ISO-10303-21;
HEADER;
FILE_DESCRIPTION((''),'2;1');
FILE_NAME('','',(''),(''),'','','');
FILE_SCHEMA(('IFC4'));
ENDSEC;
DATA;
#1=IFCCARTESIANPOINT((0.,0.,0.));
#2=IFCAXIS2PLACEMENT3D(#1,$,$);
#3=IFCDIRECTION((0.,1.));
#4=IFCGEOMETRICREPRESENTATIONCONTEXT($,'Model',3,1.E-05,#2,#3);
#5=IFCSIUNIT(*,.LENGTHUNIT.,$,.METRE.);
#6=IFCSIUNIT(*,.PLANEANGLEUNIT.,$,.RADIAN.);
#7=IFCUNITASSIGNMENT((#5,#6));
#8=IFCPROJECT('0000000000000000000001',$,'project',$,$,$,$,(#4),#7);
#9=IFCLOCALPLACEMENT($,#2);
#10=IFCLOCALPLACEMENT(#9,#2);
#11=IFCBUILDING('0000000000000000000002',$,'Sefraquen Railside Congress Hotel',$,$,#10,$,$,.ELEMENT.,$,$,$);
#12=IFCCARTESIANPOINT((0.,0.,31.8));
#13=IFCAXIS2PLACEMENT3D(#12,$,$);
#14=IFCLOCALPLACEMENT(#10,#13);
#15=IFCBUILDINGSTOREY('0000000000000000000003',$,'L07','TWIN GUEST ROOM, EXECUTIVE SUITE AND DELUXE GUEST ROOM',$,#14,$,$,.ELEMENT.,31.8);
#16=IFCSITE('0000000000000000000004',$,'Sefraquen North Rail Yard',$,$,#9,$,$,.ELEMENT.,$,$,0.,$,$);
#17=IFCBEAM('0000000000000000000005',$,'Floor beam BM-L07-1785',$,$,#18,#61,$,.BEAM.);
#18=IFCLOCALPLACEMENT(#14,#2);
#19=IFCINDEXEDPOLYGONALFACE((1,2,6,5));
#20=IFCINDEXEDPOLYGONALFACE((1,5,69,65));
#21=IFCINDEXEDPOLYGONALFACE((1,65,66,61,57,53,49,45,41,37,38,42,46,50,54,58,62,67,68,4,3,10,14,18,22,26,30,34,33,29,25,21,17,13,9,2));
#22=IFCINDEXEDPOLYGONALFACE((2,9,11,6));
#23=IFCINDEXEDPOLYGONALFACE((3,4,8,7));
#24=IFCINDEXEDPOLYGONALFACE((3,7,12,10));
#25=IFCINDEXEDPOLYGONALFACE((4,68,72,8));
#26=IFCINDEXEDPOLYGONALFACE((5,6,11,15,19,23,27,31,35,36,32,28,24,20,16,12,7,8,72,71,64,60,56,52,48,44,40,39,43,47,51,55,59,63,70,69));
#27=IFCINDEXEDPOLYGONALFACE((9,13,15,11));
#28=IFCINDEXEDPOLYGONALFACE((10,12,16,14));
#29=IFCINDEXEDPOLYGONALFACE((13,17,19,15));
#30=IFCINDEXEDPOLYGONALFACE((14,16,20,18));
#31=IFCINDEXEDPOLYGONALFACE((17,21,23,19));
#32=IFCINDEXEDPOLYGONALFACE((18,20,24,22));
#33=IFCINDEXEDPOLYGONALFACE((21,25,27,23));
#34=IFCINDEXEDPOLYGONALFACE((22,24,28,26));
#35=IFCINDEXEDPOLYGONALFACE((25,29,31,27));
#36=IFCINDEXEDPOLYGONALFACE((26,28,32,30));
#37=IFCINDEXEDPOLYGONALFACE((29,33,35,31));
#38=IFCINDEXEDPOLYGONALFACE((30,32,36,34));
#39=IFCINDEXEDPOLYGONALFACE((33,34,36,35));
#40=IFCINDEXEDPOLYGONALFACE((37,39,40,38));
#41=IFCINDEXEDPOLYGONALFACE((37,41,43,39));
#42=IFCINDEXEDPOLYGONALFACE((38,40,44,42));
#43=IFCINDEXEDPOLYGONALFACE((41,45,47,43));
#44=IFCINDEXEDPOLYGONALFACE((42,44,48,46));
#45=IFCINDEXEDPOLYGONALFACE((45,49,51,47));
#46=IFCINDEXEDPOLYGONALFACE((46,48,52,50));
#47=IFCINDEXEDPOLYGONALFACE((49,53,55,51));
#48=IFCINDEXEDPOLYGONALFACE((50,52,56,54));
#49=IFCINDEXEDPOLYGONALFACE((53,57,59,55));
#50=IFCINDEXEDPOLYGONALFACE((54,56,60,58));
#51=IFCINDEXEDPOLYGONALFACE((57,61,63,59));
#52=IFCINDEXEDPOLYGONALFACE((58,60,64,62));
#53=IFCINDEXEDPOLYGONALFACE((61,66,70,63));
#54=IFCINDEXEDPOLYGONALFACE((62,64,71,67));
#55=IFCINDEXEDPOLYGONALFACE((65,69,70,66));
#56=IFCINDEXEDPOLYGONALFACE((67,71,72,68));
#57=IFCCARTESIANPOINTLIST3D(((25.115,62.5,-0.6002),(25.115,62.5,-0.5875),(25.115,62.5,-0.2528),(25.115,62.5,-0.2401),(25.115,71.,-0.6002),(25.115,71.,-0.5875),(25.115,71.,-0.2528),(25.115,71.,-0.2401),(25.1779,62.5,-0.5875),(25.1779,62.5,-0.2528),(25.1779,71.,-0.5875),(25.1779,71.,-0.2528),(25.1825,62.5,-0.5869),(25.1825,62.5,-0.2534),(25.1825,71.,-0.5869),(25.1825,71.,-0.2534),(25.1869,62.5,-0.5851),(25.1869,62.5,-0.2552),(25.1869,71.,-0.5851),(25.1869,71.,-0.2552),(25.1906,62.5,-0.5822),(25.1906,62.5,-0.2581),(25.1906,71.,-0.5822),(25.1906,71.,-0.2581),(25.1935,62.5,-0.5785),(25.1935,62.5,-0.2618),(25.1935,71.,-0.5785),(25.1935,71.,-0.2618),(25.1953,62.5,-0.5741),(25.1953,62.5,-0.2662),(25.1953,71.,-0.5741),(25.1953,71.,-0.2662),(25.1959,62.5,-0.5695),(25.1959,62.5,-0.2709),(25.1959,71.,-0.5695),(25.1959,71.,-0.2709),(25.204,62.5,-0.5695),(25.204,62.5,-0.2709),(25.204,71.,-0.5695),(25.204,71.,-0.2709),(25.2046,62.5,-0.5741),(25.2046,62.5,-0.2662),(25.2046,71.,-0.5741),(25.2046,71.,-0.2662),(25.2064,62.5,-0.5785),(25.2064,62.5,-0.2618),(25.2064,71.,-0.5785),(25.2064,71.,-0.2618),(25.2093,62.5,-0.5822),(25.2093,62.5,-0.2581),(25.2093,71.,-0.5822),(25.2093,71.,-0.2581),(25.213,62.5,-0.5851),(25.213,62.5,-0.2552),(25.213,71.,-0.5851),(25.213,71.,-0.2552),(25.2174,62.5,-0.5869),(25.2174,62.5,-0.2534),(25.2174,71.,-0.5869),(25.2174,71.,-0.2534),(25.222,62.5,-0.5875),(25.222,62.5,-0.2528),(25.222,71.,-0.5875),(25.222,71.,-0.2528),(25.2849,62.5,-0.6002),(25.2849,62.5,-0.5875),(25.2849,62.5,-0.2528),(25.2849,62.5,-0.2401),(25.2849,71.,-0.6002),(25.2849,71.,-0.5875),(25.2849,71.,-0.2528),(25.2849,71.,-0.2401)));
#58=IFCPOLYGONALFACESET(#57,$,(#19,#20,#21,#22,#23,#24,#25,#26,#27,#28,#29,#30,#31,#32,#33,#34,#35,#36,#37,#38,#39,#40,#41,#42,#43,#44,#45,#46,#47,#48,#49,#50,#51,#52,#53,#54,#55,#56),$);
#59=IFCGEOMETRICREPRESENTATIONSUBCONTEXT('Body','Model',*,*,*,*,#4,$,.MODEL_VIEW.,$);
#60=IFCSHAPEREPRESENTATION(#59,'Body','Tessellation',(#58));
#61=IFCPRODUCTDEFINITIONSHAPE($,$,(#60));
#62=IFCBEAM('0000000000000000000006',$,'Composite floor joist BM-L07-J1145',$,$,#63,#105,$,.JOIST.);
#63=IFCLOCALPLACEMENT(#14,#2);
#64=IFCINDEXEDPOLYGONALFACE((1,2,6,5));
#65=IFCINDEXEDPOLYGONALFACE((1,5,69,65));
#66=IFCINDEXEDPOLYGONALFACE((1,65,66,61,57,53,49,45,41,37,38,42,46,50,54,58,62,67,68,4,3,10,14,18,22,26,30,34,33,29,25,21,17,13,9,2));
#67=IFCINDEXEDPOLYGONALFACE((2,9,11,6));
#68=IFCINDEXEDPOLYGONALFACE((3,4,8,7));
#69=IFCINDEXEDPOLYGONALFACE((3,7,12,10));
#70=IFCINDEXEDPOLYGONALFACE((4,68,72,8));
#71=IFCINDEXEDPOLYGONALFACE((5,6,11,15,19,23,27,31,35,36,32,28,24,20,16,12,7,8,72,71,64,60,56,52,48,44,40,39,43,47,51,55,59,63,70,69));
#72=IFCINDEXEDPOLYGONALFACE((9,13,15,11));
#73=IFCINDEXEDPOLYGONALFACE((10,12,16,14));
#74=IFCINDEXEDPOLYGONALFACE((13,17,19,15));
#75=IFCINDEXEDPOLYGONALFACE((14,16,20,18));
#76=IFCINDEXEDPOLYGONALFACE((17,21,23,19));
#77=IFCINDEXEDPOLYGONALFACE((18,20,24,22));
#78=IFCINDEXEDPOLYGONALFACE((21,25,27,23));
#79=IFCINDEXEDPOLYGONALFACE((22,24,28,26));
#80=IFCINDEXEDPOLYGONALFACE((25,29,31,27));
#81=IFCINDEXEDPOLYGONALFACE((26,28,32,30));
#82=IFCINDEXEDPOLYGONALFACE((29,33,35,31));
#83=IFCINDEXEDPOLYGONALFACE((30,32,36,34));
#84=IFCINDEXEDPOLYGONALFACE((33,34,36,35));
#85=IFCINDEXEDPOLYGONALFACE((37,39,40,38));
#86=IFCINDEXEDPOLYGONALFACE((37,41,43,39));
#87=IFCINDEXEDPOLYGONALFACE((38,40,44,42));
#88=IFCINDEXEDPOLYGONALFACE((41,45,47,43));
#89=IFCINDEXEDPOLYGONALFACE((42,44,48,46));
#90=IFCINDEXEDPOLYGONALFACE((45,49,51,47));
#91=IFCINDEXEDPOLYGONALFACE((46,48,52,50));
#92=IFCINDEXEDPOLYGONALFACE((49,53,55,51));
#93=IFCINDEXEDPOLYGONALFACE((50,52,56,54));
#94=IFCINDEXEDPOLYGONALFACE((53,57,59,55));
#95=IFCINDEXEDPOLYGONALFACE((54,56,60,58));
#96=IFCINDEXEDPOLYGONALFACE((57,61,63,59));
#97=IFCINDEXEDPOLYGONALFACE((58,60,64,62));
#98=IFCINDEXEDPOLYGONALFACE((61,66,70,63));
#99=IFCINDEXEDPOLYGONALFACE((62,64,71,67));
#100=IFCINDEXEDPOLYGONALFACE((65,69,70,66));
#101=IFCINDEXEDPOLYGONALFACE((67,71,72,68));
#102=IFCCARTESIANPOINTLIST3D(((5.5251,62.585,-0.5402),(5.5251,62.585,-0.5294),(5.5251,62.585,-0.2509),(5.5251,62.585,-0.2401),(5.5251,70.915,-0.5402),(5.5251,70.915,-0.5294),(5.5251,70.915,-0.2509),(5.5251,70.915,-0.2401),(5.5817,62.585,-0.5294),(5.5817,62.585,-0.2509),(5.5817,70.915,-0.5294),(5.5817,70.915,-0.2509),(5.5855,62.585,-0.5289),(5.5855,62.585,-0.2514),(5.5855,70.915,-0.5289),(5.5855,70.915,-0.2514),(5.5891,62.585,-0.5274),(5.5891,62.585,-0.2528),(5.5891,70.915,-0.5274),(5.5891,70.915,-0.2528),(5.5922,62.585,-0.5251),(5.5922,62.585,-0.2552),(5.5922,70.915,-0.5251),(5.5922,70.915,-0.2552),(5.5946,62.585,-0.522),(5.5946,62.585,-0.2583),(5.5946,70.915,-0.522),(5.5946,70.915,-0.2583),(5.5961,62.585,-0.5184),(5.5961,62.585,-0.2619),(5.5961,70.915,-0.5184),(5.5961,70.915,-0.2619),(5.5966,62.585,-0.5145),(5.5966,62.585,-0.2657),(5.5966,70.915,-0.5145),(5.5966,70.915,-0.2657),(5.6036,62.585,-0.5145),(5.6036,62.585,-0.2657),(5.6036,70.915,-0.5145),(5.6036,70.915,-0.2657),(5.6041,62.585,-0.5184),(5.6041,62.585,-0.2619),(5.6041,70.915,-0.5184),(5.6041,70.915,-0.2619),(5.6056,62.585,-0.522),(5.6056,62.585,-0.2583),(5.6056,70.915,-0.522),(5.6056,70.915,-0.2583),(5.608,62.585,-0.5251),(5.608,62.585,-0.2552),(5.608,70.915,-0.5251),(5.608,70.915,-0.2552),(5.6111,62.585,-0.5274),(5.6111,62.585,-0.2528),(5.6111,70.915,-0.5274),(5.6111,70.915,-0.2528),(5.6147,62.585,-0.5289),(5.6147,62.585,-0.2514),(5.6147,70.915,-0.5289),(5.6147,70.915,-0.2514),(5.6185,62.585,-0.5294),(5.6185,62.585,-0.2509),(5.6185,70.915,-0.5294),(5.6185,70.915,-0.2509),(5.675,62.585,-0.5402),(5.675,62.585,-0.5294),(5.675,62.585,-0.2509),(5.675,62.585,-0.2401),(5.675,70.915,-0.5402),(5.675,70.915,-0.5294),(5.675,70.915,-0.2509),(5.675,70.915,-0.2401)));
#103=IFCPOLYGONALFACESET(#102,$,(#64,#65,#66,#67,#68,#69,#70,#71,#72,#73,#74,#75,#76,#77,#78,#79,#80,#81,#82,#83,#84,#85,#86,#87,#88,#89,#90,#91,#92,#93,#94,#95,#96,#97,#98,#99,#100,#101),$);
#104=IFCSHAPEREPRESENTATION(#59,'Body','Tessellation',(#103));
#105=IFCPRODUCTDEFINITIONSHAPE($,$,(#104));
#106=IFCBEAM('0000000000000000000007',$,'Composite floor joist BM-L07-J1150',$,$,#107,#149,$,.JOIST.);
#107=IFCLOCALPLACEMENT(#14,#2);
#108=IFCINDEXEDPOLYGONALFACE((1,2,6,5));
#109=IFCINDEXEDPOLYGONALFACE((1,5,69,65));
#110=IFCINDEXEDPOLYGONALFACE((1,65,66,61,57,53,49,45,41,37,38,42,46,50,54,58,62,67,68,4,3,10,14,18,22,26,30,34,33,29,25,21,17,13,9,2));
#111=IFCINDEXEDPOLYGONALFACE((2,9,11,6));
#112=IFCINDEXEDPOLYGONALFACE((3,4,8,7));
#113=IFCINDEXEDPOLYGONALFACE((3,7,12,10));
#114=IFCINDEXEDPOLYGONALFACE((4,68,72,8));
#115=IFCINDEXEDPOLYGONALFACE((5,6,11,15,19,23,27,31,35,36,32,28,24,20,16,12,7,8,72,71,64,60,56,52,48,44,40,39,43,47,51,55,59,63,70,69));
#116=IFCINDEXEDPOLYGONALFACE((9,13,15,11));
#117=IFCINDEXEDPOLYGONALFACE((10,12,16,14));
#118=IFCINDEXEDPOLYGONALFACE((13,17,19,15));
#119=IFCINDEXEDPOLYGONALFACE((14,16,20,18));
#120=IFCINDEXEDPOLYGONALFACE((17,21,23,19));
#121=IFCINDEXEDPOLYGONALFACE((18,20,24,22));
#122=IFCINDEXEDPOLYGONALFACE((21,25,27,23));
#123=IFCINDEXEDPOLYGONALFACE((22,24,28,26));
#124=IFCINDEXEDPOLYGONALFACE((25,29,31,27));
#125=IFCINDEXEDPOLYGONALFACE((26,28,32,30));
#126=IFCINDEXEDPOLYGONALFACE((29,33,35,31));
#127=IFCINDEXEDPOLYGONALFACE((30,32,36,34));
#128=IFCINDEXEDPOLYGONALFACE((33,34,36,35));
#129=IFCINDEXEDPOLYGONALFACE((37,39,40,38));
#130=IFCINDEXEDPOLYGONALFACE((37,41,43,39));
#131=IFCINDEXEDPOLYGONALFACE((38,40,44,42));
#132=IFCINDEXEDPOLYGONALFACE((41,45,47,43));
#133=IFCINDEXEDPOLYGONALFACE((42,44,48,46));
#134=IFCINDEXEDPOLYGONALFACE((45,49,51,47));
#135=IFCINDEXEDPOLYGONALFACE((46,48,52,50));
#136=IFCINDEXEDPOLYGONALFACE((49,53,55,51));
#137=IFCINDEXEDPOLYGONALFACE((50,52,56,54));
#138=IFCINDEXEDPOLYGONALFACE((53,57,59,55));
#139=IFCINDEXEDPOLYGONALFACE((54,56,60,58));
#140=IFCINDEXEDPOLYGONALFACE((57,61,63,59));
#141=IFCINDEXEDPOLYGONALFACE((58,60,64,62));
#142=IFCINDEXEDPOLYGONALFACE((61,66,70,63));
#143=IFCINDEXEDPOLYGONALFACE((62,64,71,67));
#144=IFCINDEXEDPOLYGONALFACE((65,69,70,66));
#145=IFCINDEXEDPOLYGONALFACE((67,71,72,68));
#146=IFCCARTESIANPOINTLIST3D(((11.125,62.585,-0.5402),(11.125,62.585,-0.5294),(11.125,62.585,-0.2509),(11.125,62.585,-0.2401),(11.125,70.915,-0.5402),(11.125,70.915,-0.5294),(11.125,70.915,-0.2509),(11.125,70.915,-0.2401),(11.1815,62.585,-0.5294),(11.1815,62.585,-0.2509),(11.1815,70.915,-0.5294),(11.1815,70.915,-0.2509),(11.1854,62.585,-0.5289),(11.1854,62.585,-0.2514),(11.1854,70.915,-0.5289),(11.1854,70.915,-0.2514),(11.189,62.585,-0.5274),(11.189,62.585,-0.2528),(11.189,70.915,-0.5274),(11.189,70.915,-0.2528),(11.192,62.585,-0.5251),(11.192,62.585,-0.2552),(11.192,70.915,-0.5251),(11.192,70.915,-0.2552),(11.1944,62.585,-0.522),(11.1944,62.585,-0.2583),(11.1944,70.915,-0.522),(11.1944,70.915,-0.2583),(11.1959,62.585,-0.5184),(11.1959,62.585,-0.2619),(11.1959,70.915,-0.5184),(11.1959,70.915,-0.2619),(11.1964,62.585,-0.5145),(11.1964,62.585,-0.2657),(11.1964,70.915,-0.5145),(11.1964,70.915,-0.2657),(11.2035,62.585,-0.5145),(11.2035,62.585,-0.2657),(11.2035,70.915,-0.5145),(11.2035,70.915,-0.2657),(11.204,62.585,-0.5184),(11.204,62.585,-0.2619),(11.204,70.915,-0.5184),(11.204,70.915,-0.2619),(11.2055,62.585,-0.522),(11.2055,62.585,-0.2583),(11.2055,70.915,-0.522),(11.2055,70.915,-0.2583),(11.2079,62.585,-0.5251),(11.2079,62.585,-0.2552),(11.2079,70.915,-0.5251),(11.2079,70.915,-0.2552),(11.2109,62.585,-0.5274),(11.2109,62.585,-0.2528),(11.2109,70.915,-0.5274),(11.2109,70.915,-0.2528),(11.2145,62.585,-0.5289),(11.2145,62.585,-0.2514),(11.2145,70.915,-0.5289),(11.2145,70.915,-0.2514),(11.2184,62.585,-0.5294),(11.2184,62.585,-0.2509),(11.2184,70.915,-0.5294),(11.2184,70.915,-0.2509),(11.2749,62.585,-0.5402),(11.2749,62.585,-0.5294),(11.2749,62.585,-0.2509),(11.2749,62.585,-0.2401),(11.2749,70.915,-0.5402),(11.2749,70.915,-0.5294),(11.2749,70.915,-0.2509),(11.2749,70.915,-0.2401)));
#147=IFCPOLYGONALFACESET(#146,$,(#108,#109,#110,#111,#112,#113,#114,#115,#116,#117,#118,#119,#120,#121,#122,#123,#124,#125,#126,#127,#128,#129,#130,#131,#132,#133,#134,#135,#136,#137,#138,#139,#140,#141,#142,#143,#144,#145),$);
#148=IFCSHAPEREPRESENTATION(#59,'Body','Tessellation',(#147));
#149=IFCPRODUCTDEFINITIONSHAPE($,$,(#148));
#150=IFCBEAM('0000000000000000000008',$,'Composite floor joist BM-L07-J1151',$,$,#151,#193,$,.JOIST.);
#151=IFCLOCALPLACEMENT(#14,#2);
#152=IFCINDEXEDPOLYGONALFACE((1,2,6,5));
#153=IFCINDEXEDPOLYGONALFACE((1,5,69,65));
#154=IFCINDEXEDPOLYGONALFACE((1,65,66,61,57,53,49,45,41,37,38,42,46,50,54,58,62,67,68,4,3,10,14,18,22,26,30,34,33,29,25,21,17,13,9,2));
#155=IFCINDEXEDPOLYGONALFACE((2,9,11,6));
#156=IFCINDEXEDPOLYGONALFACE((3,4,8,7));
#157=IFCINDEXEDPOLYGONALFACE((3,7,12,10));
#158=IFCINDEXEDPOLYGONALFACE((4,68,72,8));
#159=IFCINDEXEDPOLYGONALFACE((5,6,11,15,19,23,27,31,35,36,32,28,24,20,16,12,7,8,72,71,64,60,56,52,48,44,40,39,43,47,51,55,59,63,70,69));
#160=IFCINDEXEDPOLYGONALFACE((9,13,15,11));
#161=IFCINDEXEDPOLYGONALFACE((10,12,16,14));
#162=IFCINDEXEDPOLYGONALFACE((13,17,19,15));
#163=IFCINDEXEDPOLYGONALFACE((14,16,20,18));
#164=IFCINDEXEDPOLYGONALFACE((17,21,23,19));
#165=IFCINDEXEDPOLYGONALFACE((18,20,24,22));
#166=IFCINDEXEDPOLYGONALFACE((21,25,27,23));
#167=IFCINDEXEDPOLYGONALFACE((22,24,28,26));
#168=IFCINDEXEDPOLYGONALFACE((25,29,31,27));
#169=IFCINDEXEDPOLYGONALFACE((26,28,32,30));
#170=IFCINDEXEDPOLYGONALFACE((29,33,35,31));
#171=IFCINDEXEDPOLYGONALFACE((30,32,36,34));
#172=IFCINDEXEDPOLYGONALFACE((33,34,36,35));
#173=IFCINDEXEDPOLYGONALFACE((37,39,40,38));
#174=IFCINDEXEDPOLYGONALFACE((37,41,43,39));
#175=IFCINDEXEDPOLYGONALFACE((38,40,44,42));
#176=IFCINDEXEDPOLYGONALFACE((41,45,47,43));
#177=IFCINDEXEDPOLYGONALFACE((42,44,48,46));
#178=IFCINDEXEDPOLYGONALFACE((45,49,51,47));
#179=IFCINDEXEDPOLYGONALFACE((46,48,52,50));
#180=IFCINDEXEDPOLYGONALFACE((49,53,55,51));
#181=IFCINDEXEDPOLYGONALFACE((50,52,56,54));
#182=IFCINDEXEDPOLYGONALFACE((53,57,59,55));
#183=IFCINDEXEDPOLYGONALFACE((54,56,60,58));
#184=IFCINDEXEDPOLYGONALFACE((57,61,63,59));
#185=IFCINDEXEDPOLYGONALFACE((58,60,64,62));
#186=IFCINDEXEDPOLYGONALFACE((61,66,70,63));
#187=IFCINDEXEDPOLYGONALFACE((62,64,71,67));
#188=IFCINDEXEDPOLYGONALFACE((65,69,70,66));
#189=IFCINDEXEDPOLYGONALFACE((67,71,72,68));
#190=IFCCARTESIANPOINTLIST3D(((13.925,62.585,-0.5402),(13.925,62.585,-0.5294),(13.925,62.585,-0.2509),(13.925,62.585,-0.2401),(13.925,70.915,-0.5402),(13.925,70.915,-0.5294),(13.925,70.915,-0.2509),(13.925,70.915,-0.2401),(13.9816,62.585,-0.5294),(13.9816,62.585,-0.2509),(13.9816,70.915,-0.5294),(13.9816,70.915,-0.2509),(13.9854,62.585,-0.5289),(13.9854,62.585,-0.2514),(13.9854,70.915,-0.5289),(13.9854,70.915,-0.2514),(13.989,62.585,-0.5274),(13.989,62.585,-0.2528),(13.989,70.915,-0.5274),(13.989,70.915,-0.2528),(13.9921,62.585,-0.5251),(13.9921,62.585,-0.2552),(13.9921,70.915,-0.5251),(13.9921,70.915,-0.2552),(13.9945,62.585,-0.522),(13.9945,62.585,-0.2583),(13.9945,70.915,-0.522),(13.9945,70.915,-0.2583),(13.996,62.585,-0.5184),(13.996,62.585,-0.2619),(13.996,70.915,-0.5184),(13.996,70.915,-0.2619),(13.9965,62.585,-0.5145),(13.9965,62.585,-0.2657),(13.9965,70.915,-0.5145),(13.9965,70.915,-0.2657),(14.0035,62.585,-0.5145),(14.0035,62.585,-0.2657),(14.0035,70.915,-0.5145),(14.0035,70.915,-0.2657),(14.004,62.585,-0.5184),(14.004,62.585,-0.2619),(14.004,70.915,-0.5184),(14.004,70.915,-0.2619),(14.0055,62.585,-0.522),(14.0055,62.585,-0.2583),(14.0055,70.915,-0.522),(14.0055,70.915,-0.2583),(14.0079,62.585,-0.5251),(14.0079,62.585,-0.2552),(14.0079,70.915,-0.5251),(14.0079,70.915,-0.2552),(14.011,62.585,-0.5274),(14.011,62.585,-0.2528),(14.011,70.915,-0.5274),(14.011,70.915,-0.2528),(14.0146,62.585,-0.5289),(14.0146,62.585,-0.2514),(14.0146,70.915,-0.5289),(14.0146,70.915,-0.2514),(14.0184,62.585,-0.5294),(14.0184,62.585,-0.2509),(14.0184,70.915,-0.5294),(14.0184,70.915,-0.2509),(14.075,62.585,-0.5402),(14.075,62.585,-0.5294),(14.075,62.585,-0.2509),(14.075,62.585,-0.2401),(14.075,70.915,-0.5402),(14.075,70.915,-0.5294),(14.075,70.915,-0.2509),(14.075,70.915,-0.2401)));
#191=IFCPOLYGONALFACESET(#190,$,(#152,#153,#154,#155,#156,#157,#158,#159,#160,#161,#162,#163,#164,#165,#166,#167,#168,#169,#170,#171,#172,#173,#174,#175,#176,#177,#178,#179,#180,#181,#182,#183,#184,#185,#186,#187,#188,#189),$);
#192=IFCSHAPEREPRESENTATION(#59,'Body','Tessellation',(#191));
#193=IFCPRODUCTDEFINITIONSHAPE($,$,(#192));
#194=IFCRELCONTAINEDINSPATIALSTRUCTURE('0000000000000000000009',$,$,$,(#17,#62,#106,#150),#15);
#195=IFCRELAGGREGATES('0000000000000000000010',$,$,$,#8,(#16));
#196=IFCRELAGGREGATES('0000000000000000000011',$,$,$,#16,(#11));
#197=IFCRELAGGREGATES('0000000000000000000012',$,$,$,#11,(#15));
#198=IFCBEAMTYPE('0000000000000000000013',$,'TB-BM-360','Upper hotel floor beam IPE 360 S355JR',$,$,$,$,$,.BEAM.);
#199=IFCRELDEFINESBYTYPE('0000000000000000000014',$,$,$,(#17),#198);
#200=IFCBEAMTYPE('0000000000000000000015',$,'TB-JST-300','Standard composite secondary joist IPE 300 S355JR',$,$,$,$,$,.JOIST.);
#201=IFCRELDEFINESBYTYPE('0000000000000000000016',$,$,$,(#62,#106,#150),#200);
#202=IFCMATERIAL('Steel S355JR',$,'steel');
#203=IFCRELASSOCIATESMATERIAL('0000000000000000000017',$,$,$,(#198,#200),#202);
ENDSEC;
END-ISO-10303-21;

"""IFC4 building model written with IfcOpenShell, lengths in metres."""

from ifc_helpers import new_model, si_unit, direction, frame, origin, origin_2d, place, context, subcontext, project, spatial, i_section, extrude, material, material_profile, profile_set, type_object, element, save


model = new_model("IFC4")

# Units and contexts
model_context = context("Model", 3, precision=1e-05, world=origin(), true_north=direction((0.0, 1.0)))
body_context = subcontext(model_context, "Body", "Model", "MODEL_VIEW")
ifc_project = project(units=[si_unit("LENGTHUNIT", "METRE"), si_unit("PLANEANGLEUNIT", "RADIAN")], contexts=[model_context])

# Site, building, storey
site_placement = place(None, origin())
site = spatial("IfcSite", under=ifc_project, at=site_placement, Name="Sefraquen North Rail Yard", CompositionType="ELEMENT", RefElevation=0.0)
building_placement = place(site_placement, origin())
building = spatial("IfcBuilding", under=site, at=building_placement, Name="Sefraquen Railside Congress Hotel", CompositionType="ELEMENT")
storey_placement = place(building_placement, frame((0.0, 0.0, 31.8)))
storey = spatial("IfcBuildingStorey", under=building, at=storey_placement, Name="L07", Description="TWIN GUEST ROOM, EXECUTIVE SUITE AND DELUXE GUEST ROOM", CompositionType="ELEMENT", Elevation=31.8)

# Beams
ifc_material_1 = material(Name="Steel S355JR", Category="steel")
ifc_material_profile_1 = material_profile(ifc_material_1, i_section(OverallWidth=0.1699, OverallDepth=0.3601, WebThickness=0.0081, FlangeThickness=0.0127, FilletRadius=0.0181, at=origin_2d()), Name="IPE 360")
ifc_profile_set_1 = profile_set([ifc_material_profile_1], Name="Steel S355JR")
beam_type_1 = type_object("IfcBeamType", Name="TB-BM-360", Description="Upper hotel floor beam IPE 360 S355JR", PredefinedType="BEAM", material=ifc_profile_set_1)
beam_placement = place(storey_placement, frame((25.2, 62.5, -0.4202), z_axis=(0.0, 1.0, 0.0), x_axis=(-1.0, 0.0, 0.0)))
element("IfcBeam", 1, at=beam_placement, inside=storey, type_object=beam_type_1, Name="Floor beam BM-L07-1785", PredefinedType="BEAM", context=body_context, shape_type="SweptSolid", body=[
    extrude(i_section(OverallWidth=0.1699, OverallDepth=0.3601, WebThickness=0.0081, FlangeThickness=0.0127, FilletRadius=0.0181, at=origin_2d()), origin(), (0.0, 0.0, 1.0), 8.5),
])
ifc_material_profile_2 = material_profile(ifc_material_1, i_section(OverallWidth=0.1499, OverallDepth=0.3, WebThickness=0.0071, FlangeThickness=0.0107, FilletRadius=0.0149, at=origin_2d()), Name="IPE 300")
ifc_profile_set_2 = profile_set([ifc_material_profile_2], Name="Steel S355JR")
beam_type_2 = type_object("IfcBeamType", Name="TB-JST-300", Description="Standard composite secondary joist IPE 300 S355JR", PredefinedType="JOIST", material=ifc_profile_set_2)
for number, where, z_axis, x_axis, name in (
    (2, (5.6001, 62.585, -0.3901), (0.0, 1.0, 0.0), (-1.0, 0.0, 0.0), "Composite floor joist BM-L07-J1145"),
    (3, (11.2, 62.585, -0.3901), (0.0, 1.0, 0.0), (-1.0, 0.0, 0.0), "Composite floor joist BM-L07-J1150"),
    (4, (14.0, 62.585, -0.3901), (0.0, 1.0, 0.0), (-1.0, 0.0, 0.0), "Composite floor joist BM-L07-J1151"),
):
    element("IfcBeam", number, at=place(storey_placement, frame(where, z_axis=z_axis, x_axis=x_axis)), inside=storey, type_object=beam_type_2, Name=name, PredefinedType="JOIST", context=body_context, shape_type="SweptSolid", body=[
        extrude(i_section(OverallWidth=0.1499, OverallDepth=0.3, WebThickness=0.0071, FlangeThickness=0.0107, FilletRadius=0.0149, at=origin_2d()), origin(), (0.0, 0.0, 1.0), 8.3301),
    ])

save(model, "model.ifc")
